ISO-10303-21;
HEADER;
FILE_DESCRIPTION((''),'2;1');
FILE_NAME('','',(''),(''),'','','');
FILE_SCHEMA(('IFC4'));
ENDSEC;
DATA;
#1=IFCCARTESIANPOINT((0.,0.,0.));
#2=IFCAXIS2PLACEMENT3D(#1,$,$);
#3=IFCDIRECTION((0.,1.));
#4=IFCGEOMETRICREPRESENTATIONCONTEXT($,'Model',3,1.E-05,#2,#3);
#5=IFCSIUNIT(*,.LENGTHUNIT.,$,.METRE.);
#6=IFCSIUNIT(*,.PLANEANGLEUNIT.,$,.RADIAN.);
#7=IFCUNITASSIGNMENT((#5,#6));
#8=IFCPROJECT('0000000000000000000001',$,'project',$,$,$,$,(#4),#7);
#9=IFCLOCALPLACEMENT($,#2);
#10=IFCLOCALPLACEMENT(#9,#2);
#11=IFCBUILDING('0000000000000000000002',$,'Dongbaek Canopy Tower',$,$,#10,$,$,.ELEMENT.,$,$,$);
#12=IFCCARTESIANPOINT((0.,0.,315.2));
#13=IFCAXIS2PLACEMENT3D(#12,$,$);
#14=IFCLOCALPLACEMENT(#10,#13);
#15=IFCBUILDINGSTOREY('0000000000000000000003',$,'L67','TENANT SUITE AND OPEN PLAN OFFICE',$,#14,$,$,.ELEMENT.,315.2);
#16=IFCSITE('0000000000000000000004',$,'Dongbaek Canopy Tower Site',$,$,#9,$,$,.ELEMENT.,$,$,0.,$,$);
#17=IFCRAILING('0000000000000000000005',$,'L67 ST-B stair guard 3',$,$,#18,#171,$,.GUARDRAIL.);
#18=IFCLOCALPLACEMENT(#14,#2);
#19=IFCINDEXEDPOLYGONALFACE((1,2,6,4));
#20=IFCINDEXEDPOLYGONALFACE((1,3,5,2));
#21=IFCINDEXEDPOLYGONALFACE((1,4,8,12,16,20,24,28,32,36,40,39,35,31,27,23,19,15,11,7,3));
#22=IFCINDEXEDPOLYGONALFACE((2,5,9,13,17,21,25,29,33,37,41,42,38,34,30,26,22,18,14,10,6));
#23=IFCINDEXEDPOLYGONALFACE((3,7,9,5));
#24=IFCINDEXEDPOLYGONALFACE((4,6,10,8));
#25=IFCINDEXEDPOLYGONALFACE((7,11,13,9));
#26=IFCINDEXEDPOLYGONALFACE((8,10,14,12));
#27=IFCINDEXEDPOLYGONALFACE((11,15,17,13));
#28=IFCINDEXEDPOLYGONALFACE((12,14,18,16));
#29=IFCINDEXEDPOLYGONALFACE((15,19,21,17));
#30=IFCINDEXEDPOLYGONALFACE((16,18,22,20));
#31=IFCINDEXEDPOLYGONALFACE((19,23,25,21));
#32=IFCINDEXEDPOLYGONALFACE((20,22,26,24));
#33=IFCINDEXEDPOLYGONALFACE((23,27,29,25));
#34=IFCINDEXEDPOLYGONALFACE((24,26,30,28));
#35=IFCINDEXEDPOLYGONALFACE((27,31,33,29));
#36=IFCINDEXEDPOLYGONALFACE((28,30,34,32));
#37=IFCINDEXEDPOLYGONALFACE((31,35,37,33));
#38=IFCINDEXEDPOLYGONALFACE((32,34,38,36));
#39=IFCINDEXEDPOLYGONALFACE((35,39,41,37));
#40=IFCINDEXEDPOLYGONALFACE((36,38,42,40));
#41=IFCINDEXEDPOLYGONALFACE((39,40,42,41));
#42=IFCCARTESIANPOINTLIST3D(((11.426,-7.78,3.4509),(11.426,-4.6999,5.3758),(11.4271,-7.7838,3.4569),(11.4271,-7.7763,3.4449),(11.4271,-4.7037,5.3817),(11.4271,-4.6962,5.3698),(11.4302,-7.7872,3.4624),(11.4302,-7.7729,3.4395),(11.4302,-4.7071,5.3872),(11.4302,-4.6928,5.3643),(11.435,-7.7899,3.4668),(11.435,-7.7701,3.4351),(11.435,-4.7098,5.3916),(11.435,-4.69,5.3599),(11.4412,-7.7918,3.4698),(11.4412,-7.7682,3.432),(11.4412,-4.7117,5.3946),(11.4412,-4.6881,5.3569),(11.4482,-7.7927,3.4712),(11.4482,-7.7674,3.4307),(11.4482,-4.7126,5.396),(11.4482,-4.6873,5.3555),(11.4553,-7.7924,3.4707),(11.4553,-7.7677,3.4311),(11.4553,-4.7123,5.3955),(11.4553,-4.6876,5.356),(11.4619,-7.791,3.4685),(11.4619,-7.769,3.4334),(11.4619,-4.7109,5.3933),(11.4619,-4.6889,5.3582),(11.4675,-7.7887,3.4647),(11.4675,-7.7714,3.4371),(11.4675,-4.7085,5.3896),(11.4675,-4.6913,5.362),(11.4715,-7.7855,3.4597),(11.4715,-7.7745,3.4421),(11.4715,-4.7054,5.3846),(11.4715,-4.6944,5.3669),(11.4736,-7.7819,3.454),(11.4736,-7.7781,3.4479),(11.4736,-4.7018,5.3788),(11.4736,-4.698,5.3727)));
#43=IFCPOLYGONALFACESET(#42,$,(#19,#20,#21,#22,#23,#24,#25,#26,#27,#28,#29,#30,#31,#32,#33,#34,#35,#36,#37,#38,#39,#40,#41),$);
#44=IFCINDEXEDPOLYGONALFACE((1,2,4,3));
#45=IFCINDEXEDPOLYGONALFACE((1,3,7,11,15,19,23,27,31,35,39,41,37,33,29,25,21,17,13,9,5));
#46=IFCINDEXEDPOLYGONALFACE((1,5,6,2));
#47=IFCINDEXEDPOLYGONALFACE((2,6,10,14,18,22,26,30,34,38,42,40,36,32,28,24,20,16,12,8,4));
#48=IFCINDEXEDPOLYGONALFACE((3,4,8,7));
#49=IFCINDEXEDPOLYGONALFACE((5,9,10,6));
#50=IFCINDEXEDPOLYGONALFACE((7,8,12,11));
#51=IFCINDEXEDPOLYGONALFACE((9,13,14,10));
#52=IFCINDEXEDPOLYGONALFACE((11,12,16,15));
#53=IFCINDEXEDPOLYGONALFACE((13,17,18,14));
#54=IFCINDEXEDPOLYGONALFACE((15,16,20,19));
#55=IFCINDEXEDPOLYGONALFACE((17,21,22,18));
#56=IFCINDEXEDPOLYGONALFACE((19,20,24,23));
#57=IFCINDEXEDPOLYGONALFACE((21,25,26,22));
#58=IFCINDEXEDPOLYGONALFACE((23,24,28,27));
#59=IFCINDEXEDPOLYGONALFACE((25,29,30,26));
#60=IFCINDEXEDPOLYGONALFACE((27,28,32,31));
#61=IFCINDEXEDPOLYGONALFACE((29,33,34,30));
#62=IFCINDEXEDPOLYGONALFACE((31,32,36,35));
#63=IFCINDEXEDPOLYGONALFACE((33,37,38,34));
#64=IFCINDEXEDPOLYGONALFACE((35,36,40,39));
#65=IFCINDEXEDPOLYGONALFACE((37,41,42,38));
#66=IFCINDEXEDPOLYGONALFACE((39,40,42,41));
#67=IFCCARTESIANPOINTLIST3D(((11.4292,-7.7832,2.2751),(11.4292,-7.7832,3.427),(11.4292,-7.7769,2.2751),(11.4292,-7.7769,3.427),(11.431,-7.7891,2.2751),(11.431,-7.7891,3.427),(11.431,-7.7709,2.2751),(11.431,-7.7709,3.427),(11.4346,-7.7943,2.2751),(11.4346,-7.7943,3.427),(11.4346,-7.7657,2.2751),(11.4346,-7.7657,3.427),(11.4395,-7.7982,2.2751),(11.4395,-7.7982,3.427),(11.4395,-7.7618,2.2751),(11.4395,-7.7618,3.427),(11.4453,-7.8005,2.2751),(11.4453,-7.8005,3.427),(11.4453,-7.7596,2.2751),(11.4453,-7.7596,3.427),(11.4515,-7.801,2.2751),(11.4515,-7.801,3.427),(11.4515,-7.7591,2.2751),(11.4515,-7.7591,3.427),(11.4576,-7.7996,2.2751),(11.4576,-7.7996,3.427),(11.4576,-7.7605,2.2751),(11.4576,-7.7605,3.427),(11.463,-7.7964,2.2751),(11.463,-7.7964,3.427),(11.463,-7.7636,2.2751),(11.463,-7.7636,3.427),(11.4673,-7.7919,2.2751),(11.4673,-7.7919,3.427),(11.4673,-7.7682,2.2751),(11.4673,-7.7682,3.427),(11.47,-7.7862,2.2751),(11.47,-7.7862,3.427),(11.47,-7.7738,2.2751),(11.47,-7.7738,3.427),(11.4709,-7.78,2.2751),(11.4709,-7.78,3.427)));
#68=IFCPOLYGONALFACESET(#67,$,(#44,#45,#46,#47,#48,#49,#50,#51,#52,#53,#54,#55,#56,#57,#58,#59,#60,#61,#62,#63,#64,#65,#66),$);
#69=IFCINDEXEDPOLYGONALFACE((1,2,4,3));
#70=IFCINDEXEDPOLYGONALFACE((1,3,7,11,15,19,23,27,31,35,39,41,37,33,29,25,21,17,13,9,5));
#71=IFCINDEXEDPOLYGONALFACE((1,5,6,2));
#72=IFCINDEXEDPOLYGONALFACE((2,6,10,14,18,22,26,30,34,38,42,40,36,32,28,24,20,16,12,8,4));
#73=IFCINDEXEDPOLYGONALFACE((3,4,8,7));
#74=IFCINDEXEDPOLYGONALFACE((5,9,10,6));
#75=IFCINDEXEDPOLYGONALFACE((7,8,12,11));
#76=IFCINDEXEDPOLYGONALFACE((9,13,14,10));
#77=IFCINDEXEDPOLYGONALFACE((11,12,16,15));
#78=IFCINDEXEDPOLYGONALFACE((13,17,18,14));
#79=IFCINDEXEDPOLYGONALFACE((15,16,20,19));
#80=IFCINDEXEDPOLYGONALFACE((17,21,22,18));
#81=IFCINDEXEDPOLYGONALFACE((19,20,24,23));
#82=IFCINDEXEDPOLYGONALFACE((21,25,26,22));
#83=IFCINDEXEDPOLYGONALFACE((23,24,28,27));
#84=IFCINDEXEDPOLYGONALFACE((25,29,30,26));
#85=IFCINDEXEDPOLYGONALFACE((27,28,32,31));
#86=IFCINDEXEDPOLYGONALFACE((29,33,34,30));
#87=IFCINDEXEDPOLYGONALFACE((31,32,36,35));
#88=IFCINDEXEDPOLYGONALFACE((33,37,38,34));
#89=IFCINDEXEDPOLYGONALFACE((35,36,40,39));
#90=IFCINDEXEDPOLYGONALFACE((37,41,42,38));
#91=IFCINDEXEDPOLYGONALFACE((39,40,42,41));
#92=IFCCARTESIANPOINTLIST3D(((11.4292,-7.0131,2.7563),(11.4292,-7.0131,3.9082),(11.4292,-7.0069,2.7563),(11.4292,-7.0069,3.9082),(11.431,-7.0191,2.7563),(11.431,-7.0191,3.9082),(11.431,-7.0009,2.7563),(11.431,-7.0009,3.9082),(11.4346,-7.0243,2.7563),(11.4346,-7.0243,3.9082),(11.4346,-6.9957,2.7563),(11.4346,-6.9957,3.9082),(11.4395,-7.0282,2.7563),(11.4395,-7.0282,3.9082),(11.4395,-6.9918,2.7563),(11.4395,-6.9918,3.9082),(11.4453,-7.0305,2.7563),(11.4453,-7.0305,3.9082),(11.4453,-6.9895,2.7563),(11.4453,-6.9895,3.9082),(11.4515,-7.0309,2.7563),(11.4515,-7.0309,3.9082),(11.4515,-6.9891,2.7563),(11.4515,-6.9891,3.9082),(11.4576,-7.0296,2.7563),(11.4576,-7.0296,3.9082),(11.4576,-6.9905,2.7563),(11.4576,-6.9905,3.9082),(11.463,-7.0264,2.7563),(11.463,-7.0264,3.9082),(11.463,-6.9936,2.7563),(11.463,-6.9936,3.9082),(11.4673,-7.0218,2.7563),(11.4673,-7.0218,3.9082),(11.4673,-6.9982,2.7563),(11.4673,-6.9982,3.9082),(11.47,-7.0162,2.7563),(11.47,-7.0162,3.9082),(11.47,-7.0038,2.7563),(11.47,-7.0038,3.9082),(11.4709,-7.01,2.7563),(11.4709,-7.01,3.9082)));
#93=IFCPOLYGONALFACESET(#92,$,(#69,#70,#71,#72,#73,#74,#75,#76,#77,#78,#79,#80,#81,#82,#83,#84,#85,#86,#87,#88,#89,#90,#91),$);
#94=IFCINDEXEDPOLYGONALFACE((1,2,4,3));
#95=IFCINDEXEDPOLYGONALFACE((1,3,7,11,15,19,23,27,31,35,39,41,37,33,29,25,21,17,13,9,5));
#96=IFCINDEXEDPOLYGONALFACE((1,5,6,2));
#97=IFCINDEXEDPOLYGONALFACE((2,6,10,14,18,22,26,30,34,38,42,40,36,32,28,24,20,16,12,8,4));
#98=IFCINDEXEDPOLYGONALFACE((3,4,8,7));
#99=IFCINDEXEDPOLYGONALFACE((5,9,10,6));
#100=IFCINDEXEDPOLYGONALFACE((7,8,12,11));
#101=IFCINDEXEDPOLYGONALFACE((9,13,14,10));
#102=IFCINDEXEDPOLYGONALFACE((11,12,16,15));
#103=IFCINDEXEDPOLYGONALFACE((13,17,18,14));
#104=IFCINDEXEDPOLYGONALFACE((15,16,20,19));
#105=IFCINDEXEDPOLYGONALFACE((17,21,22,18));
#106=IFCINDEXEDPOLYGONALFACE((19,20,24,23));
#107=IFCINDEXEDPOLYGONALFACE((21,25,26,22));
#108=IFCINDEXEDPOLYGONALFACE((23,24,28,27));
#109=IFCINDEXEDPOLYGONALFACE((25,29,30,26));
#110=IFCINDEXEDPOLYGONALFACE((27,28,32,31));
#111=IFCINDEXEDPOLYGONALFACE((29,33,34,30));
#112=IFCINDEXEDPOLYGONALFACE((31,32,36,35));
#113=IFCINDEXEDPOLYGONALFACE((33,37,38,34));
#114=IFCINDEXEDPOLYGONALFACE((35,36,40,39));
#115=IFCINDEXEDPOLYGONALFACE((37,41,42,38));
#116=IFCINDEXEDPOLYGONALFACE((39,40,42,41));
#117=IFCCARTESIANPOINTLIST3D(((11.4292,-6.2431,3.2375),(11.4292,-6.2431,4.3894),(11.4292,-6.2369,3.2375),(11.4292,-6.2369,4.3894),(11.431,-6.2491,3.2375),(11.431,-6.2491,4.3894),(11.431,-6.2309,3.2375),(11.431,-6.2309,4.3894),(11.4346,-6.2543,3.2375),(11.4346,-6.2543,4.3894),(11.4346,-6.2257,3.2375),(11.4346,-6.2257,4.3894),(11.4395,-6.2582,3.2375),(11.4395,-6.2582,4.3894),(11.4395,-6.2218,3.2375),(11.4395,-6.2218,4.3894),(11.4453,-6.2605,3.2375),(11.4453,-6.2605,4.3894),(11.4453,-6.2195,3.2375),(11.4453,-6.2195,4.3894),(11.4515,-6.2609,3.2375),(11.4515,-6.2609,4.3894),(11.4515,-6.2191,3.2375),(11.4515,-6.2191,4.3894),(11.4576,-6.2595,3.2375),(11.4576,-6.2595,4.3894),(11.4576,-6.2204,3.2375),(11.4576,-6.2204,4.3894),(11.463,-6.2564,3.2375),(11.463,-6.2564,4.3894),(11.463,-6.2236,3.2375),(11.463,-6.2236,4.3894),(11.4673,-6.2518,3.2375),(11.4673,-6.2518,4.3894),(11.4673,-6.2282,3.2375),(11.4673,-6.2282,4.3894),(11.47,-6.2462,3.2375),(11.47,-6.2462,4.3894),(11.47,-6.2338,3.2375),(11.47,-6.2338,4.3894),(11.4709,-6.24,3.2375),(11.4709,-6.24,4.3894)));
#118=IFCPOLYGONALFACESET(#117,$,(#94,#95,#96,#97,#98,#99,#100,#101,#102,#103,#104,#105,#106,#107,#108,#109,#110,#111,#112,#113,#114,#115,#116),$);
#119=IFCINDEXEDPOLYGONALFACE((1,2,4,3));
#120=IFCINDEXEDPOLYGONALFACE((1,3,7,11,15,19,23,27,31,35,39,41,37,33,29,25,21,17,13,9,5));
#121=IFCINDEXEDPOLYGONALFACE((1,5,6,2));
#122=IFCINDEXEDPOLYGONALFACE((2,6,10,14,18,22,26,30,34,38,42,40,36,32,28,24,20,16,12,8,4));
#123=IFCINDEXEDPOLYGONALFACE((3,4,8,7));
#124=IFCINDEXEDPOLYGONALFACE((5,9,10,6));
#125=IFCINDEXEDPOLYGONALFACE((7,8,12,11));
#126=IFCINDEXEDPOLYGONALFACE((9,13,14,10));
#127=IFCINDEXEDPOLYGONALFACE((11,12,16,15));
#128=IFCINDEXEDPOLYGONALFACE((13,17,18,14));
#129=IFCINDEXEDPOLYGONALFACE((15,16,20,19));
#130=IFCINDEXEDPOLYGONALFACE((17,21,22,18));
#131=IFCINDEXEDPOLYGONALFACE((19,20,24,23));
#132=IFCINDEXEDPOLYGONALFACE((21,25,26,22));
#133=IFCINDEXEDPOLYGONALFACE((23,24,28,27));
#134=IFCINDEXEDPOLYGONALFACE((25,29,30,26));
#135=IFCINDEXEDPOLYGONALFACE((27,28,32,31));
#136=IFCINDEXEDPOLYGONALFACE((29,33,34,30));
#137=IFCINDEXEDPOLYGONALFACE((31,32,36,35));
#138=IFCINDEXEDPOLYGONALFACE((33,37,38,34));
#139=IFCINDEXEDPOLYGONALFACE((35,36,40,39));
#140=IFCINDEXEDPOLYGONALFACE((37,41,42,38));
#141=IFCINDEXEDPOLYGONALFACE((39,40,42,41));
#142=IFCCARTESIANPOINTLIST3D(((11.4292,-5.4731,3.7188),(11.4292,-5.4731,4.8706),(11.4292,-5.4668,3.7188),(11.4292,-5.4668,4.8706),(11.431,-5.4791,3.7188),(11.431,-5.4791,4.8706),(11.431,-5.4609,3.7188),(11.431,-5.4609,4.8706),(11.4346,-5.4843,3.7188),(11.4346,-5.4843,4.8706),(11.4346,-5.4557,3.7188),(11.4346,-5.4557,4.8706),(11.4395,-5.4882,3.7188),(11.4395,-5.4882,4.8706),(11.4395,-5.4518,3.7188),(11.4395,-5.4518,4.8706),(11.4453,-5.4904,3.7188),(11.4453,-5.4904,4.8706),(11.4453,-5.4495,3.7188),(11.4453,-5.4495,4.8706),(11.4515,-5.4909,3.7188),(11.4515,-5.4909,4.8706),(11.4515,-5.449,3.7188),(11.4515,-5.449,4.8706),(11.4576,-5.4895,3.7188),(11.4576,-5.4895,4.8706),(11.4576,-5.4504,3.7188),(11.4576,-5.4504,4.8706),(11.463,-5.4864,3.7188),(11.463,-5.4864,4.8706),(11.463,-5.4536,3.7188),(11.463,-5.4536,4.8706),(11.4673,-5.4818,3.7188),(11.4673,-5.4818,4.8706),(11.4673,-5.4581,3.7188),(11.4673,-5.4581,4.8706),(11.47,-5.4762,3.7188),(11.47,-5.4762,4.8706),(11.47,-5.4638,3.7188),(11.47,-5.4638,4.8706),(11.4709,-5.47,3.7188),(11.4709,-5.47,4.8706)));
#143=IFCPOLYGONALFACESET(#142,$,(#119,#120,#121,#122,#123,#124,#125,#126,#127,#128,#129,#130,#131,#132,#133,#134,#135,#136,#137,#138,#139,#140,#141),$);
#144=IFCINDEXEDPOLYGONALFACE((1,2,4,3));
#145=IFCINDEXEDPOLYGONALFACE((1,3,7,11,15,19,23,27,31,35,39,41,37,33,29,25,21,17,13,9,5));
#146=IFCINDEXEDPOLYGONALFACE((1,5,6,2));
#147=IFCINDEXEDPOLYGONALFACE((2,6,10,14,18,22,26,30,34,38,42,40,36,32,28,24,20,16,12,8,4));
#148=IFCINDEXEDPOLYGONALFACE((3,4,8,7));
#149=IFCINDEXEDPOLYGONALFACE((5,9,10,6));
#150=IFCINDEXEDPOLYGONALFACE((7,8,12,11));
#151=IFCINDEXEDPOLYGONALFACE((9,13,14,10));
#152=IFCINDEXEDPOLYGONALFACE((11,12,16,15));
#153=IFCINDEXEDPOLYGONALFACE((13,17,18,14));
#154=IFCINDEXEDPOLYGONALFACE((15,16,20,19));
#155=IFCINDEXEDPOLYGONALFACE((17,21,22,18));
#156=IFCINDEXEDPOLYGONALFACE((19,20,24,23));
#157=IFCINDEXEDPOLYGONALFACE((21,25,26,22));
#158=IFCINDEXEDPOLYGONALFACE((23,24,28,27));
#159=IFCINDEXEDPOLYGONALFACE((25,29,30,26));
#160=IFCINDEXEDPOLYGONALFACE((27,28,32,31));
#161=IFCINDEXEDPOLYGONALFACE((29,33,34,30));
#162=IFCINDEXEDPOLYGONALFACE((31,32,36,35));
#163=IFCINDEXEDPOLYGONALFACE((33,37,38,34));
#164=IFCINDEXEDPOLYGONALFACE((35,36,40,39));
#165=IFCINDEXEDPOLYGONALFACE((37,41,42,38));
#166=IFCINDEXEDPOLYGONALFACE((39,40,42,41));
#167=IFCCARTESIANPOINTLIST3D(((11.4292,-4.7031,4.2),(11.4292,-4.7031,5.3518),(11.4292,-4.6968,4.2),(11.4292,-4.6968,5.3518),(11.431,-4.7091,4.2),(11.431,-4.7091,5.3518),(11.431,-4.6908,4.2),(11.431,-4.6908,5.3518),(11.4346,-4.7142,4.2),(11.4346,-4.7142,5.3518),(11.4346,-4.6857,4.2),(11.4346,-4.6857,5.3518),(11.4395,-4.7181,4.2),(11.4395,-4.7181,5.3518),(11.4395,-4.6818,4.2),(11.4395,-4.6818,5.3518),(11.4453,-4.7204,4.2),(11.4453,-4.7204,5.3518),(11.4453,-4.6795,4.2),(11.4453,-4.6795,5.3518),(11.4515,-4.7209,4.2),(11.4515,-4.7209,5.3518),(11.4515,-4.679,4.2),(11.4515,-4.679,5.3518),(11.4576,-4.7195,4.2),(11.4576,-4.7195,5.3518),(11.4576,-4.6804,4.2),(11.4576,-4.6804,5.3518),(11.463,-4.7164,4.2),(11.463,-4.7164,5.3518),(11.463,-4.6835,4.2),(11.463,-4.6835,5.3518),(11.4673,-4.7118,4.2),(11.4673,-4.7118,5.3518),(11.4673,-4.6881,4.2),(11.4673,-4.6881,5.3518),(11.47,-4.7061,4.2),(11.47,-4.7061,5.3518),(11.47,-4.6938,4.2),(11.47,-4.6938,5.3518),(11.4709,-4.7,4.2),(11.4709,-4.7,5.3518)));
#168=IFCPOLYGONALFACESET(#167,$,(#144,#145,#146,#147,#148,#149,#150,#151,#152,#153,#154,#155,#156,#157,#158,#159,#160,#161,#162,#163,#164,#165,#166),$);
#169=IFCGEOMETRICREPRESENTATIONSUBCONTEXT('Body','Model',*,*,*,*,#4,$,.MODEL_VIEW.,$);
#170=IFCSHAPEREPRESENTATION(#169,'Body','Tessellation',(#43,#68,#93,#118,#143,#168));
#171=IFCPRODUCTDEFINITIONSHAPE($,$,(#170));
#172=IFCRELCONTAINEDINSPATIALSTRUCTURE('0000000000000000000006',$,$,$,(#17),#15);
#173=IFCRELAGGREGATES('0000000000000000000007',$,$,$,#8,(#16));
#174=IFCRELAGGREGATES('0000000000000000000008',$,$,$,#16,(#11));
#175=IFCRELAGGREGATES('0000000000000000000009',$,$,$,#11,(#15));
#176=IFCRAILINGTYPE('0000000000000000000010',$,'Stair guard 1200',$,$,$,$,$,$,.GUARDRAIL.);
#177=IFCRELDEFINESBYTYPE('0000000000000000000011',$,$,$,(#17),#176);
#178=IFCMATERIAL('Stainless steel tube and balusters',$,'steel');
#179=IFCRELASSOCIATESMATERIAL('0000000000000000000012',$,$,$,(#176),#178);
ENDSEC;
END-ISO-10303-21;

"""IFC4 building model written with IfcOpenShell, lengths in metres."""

from ifc_helpers import new_model, si_unit, direction, frame, origin, origin_2d, place, context, subcontext, project, spatial, circle, extrude, material, type_object, element, save


model = new_model("IFC4")

# Units and contexts
model_context = context("Model", 3, precision=1e-05, world=origin(), true_north=direction((0.0, 1.0)))
body_context = subcontext(model_context, "Body", "Model", "MODEL_VIEW")
ifc_project = project(units=[si_unit("LENGTHUNIT", "METRE"), si_unit("PLANEANGLEUNIT", "RADIAN")], contexts=[model_context])

# Site, building, storey
site_placement = place(None, origin())
site = spatial("IfcSite", under=ifc_project, at=site_placement, Name="Dongbaek Canopy Tower Site", CompositionType="ELEMENT", RefElevation=0.0)
building_placement = place(site_placement, origin())
building = spatial("IfcBuilding", under=site, at=building_placement, Name="Dongbaek Canopy Tower", CompositionType="ELEMENT")
storey_placement = place(building_placement, frame((0.0, 0.0, 315.2)))
storey = spatial("IfcBuildingStorey", under=building, at=storey_placement, Name="L67", Description="TENANT SUITE AND OPEN PLAN OFFICE", CompositionType="ELEMENT", Elevation=315.2)

# Railing
ifc_material_1 = material(Name="Stainless steel tube and balusters", Category="steel")
railing_type_1 = type_object("IfcRailingType", Name="Stair guard 1200", PredefinedType="GUARDRAIL", material=ifc_material_1)
railing_1_placement = place(storey_placement, frame((11.45, -7.78, 2.2751)))
element("IfcRailing", 1, at=railing_1_placement, inside=storey, type_object=railing_type_1, Name="L67 ST-B stair guard 3", PredefinedType="GUARDRAIL", context=body_context, shape_type="SweptSolid", body=[
    extrude(circle(Radius=0.0239, at=origin_2d()), frame((0.0, 0.0, 1.1758), z_axis=(0.0, 0.848029, 0.529951), x_axis=(-1.0, 0.0, 0.0)), (0.0, 0.0, 1.0), 3.6321),
    extrude(circle(Radius=0.021, at=origin_2d()), origin(), (0.0, 0.0, 1.0), 1.1519),
    extrude(circle(Radius=0.021, at=origin_2d()), frame((0.0, 0.77, 0.4812)), (0.0, 0.0, 1.0), 1.1519),
    extrude(circle(Radius=0.021, at=origin_2d()), frame((0.0, 1.54, 0.9624)), (0.0, 0.0, 1.0), 1.1519),
    extrude(circle(Radius=0.021, at=origin_2d()), frame((0.0, 2.3101, 1.4436)), (0.0, 0.0, 1.0), 1.1519),
    extrude(circle(Radius=0.021, at=origin_2d()), frame((0.0, 3.0801, 1.9248)), (0.0, 0.0, 1.0), 1.1519),
])

save(model, "model.ifc")
